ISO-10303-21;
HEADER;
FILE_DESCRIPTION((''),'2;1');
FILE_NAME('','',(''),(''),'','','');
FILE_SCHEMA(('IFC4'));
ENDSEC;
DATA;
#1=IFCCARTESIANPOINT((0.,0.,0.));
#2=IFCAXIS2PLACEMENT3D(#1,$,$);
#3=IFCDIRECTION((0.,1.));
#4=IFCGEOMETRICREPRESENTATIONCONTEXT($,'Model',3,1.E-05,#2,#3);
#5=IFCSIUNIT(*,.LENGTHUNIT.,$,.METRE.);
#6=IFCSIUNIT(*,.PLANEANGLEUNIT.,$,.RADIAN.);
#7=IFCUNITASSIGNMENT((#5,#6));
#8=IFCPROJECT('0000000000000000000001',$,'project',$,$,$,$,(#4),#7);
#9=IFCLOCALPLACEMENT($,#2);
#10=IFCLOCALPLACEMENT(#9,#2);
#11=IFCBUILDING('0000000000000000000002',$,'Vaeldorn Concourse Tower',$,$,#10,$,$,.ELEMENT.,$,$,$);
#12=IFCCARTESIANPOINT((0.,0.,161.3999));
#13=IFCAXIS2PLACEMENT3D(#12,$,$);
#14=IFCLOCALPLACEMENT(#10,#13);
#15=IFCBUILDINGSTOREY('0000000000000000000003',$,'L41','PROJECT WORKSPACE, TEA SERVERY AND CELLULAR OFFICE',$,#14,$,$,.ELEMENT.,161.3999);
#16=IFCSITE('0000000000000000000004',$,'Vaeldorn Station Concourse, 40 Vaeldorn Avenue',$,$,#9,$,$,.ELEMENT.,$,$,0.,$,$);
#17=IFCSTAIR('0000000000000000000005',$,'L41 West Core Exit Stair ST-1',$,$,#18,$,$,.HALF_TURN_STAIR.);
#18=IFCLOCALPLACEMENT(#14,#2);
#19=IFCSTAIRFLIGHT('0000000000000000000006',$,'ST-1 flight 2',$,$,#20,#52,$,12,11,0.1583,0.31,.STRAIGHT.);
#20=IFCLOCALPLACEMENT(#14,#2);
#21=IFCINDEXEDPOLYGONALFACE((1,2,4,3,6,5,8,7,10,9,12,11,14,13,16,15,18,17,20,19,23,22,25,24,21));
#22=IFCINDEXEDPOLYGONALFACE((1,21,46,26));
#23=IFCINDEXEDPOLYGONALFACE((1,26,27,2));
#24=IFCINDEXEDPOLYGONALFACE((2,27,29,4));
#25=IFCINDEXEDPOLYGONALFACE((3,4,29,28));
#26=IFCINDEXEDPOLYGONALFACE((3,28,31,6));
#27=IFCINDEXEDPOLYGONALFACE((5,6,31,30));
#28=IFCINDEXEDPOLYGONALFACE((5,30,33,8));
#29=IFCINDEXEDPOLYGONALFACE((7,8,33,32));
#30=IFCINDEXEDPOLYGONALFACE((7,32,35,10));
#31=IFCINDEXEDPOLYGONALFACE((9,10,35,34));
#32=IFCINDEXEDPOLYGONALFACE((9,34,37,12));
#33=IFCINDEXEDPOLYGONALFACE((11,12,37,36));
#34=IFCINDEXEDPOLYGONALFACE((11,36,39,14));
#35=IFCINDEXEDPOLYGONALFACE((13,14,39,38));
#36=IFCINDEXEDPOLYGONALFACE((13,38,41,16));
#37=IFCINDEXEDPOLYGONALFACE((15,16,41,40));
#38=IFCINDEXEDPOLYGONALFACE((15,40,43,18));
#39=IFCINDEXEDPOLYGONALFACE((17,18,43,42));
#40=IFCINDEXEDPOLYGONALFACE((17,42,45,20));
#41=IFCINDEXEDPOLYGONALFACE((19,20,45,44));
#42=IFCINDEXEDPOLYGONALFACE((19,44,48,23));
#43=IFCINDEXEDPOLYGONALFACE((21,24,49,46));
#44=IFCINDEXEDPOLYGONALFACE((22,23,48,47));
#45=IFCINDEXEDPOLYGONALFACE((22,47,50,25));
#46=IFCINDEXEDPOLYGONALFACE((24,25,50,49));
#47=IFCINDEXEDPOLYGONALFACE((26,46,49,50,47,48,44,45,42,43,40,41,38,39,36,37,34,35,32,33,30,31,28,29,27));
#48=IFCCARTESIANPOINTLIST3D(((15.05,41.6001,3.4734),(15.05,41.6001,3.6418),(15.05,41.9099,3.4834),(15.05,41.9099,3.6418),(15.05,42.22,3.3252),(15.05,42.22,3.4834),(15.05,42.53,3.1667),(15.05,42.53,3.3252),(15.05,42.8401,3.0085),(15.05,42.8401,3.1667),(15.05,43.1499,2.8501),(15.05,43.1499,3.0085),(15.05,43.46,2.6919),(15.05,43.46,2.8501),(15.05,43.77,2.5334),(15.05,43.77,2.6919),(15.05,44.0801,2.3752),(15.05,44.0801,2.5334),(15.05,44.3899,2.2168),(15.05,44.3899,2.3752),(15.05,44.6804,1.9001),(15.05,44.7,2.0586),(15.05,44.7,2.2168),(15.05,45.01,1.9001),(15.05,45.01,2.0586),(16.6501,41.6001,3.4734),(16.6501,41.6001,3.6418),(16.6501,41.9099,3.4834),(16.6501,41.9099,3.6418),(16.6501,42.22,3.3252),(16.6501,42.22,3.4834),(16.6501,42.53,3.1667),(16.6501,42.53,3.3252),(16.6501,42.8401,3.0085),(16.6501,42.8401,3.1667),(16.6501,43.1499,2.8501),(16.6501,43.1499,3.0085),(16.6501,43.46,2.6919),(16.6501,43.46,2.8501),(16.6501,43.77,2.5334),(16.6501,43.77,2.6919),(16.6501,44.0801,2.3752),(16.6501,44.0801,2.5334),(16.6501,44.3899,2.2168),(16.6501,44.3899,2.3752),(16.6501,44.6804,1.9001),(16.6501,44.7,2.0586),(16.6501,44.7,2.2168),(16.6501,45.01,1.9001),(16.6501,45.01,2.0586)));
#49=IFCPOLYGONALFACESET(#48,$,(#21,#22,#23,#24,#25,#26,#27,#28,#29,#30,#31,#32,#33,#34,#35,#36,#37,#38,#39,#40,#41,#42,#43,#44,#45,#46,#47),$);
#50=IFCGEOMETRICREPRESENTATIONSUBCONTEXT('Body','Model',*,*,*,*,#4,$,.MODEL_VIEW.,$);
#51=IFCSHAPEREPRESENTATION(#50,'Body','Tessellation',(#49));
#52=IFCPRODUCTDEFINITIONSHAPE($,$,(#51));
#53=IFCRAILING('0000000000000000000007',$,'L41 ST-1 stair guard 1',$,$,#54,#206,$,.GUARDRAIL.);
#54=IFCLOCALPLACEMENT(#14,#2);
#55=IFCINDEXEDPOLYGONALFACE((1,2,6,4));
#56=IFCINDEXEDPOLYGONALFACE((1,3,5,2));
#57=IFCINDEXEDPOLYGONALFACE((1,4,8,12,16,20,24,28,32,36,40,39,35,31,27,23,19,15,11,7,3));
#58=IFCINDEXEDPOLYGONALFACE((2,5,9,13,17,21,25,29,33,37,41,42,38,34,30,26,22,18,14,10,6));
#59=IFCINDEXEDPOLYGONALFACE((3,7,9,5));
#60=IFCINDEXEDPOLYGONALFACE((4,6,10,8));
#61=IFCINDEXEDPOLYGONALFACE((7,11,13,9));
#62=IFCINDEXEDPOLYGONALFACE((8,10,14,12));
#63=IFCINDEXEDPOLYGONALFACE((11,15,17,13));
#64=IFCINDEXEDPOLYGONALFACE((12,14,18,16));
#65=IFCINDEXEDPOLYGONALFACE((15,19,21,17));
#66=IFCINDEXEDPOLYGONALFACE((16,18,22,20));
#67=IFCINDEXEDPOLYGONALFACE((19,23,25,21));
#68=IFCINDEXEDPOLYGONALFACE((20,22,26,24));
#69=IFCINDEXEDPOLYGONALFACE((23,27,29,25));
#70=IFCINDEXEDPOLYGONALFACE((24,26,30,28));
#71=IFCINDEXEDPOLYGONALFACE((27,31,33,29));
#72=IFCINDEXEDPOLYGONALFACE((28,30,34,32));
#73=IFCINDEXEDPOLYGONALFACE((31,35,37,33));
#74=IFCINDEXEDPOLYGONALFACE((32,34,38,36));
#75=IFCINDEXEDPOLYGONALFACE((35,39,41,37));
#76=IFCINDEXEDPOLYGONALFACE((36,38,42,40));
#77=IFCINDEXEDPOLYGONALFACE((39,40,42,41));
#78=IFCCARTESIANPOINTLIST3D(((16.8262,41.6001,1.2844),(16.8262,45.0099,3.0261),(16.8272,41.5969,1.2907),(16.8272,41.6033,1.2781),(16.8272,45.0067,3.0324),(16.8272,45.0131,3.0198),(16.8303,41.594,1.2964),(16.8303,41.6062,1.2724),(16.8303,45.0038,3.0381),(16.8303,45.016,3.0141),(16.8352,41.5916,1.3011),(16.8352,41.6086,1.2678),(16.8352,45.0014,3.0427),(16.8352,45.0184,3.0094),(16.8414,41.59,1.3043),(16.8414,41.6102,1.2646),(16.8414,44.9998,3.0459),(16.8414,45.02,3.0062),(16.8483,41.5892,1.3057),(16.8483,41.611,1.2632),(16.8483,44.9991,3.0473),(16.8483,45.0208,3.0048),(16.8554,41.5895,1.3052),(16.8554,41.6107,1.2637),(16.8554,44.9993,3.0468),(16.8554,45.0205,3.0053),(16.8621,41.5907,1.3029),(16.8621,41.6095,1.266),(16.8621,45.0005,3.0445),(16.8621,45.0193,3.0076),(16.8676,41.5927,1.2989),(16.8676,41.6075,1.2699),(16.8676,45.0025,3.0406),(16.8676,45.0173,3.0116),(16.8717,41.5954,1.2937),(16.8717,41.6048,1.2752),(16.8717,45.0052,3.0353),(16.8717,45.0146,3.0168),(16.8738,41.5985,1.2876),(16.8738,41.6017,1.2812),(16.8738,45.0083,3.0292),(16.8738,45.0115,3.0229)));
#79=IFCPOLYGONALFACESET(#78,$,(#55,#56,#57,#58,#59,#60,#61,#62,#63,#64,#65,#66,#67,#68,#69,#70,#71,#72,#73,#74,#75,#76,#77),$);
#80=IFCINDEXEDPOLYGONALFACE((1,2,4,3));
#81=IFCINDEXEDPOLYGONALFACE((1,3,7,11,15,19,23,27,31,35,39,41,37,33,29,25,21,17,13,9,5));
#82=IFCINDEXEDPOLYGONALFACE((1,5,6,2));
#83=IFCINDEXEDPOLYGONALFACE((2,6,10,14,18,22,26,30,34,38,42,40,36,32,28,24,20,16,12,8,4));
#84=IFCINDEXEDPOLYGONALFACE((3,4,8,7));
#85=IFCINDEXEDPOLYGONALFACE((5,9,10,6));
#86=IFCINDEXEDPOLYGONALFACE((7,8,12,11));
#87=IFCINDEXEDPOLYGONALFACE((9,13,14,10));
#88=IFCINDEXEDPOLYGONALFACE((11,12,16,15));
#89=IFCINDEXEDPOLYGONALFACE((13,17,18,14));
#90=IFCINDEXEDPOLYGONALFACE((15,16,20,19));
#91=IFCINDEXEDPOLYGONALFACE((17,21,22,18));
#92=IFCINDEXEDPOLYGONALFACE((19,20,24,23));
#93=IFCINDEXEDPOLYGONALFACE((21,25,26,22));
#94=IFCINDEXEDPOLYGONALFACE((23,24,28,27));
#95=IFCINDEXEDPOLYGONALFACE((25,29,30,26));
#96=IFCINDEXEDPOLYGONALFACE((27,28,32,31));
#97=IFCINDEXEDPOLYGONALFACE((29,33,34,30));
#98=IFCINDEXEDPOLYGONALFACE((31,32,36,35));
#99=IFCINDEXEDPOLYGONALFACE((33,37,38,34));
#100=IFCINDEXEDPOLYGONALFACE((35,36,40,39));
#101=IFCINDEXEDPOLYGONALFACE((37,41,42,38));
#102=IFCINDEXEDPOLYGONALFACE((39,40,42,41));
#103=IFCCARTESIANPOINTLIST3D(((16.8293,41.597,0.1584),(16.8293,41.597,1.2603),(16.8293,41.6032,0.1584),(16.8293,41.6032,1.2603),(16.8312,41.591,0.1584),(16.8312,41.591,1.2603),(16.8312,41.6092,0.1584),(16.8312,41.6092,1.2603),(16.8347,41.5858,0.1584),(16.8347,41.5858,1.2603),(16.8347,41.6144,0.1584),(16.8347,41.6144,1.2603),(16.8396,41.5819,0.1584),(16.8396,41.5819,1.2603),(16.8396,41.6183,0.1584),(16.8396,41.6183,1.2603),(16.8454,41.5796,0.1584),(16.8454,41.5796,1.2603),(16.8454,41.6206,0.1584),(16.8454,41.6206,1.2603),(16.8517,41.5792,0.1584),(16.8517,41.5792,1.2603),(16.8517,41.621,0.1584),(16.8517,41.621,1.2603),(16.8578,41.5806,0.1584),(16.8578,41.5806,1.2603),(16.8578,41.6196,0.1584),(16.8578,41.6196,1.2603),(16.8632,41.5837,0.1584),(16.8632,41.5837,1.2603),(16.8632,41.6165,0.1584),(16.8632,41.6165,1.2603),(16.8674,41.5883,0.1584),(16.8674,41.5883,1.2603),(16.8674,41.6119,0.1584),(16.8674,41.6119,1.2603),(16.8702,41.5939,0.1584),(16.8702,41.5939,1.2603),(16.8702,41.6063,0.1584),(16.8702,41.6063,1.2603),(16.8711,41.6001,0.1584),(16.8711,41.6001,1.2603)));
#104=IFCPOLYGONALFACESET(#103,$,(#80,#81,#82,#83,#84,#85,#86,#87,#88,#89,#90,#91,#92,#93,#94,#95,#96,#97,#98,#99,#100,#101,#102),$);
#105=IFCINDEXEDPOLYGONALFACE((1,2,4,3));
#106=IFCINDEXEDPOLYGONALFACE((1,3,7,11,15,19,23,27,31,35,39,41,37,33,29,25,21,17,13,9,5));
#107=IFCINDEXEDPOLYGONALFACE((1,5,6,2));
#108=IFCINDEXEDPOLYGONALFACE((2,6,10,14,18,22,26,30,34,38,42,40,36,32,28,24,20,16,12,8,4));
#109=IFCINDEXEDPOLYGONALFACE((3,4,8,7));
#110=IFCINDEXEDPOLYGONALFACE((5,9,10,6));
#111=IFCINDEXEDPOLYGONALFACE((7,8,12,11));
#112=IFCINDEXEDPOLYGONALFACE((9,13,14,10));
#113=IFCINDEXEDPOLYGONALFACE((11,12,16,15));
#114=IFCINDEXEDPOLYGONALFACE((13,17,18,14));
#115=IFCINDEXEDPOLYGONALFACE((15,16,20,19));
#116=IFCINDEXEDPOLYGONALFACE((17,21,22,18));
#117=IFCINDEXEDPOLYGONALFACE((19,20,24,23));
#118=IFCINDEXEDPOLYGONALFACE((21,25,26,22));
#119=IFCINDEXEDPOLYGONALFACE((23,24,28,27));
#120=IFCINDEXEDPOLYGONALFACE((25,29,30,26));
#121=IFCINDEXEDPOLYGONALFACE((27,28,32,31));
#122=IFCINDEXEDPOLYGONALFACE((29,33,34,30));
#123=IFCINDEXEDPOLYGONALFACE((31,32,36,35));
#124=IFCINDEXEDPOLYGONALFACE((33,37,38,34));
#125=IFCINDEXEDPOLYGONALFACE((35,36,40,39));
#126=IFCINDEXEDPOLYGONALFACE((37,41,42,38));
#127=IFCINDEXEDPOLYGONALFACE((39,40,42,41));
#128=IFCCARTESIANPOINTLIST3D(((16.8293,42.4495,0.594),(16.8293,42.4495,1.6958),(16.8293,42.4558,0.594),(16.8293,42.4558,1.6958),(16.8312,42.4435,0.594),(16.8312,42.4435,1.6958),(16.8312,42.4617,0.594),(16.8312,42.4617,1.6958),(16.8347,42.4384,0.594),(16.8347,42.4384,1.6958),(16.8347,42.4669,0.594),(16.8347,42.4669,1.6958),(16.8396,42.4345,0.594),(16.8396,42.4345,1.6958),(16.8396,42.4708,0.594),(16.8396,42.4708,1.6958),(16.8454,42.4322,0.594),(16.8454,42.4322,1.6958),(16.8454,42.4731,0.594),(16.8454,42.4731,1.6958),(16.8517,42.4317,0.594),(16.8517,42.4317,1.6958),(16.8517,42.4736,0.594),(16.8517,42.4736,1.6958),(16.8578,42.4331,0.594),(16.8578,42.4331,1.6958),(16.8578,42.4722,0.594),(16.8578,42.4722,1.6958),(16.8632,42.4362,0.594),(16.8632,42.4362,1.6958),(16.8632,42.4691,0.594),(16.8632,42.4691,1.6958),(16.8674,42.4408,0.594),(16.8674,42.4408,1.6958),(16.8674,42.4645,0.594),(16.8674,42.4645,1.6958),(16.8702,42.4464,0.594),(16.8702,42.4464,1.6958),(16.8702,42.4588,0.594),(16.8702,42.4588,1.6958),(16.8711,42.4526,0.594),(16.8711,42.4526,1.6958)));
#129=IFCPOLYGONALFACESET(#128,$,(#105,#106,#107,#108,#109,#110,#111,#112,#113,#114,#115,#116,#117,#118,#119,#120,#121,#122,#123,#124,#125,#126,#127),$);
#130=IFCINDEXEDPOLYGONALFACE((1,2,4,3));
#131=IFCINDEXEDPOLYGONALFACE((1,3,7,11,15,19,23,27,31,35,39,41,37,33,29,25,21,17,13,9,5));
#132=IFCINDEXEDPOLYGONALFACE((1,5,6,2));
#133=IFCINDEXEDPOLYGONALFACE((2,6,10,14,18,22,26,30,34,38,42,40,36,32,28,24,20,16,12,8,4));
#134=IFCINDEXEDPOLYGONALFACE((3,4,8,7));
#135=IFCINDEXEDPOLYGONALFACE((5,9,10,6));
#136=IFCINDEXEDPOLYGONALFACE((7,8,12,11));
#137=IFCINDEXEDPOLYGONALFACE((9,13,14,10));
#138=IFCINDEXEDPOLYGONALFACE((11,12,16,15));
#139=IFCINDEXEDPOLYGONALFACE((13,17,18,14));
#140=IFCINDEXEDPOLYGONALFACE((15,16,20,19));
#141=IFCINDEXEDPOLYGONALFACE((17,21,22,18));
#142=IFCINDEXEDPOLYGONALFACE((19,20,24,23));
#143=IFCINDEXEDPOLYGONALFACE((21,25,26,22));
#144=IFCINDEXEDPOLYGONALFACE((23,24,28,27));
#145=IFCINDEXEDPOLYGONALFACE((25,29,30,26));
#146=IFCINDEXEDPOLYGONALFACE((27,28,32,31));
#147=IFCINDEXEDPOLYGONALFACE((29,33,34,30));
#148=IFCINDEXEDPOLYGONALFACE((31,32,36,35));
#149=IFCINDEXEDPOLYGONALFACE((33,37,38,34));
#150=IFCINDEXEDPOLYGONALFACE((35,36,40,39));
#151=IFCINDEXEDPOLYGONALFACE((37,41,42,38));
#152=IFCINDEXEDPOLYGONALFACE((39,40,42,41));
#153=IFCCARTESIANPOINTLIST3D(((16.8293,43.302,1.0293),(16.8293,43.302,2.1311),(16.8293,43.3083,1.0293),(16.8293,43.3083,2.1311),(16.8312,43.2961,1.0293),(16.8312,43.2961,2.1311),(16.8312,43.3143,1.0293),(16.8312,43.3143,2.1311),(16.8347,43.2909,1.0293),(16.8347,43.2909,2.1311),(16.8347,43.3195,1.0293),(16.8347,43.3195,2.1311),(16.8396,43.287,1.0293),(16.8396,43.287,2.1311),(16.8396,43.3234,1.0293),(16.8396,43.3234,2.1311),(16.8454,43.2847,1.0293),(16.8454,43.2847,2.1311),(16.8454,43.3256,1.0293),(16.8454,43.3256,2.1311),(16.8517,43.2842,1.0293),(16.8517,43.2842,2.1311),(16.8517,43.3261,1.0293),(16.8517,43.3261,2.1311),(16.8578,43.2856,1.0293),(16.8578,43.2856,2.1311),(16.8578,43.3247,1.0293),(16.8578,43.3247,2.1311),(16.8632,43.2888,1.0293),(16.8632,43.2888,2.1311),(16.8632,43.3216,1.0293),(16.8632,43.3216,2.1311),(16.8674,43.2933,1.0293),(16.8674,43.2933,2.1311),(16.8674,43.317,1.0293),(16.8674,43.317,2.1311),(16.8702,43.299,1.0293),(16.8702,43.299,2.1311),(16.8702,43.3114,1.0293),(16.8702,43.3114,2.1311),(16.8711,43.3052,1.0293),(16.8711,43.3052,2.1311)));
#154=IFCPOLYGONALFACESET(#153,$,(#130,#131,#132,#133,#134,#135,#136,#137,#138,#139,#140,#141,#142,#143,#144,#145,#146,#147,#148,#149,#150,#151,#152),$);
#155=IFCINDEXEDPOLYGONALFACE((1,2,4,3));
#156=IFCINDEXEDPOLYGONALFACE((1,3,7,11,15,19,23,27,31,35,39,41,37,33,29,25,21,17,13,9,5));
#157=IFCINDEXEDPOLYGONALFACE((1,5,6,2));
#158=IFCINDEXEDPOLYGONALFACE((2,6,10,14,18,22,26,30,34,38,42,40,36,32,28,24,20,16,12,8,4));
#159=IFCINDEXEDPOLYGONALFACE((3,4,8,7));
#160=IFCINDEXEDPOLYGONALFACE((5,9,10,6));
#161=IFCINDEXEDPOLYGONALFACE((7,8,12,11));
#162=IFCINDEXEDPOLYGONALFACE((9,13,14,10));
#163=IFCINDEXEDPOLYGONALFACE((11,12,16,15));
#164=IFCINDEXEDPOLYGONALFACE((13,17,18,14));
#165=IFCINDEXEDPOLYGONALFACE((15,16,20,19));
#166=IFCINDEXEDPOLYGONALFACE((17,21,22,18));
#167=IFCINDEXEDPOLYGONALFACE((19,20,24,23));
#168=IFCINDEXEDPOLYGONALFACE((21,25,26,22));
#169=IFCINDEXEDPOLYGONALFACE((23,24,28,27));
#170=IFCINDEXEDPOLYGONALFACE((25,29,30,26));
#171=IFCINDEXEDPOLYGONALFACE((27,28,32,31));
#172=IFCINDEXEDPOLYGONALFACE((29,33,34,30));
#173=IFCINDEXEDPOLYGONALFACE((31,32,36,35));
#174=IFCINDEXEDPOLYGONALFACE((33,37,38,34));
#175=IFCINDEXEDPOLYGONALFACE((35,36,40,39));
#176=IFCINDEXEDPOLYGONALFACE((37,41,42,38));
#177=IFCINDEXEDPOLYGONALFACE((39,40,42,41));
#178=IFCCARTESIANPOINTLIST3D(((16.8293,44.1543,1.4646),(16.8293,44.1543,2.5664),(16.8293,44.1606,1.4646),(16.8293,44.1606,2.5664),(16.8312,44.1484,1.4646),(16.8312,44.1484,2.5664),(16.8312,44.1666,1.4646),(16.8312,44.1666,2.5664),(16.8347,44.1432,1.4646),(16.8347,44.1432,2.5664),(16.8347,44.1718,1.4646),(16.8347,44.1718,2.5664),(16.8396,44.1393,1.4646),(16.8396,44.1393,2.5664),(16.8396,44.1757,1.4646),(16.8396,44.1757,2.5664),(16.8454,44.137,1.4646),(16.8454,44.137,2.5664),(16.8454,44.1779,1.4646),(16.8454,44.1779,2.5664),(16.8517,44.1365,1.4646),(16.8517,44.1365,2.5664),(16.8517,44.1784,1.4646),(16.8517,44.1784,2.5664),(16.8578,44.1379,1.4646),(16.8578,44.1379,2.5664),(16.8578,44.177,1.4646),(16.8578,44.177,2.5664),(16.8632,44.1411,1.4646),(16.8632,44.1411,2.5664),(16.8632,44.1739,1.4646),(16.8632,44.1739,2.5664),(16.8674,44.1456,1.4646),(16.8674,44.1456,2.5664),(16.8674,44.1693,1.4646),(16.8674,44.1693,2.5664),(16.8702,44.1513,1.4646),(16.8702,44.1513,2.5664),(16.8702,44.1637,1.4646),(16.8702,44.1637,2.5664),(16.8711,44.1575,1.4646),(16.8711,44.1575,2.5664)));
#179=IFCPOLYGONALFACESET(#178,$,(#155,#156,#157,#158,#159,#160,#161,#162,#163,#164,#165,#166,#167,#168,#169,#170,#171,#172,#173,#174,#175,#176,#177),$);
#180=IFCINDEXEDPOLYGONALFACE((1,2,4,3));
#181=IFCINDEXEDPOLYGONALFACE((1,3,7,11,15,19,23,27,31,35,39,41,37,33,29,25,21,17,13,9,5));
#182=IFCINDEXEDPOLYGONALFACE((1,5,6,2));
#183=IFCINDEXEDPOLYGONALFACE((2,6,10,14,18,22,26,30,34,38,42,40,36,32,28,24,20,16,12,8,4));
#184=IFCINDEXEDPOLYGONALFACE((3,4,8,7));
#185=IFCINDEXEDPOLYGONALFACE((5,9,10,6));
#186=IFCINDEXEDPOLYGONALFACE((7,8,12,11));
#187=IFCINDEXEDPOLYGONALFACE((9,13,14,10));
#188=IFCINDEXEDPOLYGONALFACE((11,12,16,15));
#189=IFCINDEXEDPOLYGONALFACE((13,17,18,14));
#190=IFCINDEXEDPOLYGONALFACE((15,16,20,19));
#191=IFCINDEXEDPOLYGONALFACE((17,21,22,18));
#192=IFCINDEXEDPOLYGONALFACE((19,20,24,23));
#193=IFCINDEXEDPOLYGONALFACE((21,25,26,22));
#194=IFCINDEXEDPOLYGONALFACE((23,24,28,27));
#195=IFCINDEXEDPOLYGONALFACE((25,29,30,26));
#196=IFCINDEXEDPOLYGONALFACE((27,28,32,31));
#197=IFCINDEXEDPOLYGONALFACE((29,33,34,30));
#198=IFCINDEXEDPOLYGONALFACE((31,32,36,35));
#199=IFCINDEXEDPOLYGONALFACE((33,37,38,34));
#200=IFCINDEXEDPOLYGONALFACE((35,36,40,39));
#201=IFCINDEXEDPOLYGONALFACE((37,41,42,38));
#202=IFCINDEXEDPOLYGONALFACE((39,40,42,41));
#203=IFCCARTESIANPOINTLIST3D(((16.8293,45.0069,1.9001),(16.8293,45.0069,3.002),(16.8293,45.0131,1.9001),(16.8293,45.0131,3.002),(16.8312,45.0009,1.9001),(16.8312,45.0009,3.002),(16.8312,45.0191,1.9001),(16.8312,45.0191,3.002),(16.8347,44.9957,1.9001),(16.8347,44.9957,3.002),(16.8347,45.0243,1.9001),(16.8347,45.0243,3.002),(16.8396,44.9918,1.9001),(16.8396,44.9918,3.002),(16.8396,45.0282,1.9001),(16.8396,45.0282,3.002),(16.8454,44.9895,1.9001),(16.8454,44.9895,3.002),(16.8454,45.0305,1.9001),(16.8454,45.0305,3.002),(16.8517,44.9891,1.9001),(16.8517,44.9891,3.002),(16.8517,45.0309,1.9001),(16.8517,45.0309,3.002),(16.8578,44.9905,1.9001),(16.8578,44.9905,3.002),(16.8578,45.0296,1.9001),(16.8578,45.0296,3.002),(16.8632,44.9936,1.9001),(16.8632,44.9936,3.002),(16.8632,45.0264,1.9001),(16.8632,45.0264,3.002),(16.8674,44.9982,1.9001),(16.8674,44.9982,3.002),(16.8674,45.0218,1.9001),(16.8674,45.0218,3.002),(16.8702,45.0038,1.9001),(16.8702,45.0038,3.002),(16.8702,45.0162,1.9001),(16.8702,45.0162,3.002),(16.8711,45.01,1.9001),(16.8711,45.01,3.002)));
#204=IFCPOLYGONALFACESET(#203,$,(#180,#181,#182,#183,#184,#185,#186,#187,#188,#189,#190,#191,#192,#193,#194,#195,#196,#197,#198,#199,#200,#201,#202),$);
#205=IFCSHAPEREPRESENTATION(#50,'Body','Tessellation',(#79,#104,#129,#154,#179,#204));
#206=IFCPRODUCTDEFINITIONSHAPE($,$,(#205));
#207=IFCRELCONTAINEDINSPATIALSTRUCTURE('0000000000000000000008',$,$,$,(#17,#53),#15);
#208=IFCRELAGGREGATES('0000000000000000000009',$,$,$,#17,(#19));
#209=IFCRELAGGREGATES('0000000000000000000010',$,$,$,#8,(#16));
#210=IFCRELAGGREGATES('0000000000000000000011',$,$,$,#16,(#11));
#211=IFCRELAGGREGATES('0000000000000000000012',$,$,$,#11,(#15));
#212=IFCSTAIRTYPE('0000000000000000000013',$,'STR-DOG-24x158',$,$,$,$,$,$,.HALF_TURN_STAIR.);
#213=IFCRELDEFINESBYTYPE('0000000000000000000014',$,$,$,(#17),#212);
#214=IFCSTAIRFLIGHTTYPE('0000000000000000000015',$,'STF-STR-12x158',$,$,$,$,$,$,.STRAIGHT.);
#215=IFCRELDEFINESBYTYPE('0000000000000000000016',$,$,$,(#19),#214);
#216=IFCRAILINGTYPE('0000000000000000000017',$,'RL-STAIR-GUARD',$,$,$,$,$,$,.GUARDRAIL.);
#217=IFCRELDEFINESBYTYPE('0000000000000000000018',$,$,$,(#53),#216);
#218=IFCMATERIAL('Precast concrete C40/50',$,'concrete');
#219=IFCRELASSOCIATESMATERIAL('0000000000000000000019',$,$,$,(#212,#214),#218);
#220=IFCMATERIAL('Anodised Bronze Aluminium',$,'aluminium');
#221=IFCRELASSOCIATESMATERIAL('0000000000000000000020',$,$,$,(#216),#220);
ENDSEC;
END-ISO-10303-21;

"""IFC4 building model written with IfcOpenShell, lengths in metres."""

from ifc_helpers import new_model, si_unit, direction, frame, origin, origin_2d, place, context, subcontext, project, spatial, polyline, circle, outline, extrude, material, type_object, element, aggregate, save


model = new_model("IFC4")

# Units and contexts
model_context = context("Model", 3, precision=1e-05, world=origin(), true_north=direction((0.0, 1.0)))
body_context = subcontext(model_context, "Body", "Model", "MODEL_VIEW")
ifc_project = project(units=[si_unit("LENGTHUNIT", "METRE"), si_unit("PLANEANGLEUNIT", "RADIAN")], contexts=[model_context])

# Site, building, storey
site_placement = place(None, origin())
site = spatial("IfcSite", under=ifc_project, at=site_placement, Name="Vaeldorn Station Concourse, 40 Vaeldorn Avenue", CompositionType="ELEMENT", RefElevation=0.0)
building_placement = place(site_placement, origin())
building = spatial("IfcBuilding", under=site, at=building_placement, Name="Vaeldorn Concourse Tower", CompositionType="ELEMENT")
storey_placement = place(building_placement, frame((0.0, 0.0, 161.3999)))
storey = spatial("IfcBuildingStorey", under=building, at=storey_placement, Name="L41", Description="PROJECT WORKSPACE, TEA SERVERY AND CELLULAR OFFICE", CompositionType="ELEMENT", Elevation=161.3999)

# Shared definitions
ifc_material_1 = material(Name="Anodised Bronze Aluminium", Category="aluminium")

# Stair, stair flight
ifc_material_2 = material(Name="Precast concrete C40/50", Category="concrete")
stair_type = type_object("IfcStairType", Name="STR-DOG-24x158", PredefinedType="HALF_TURN_STAIR", material=ifc_material_2)
stair_placement = place(storey_placement, origin())
stair = element("IfcStair", 1, at=stair_placement, inside=storey, type_object=stair_type, Name="L41 West Core Exit Stair ST-1", PredefinedType="HALF_TURN_STAIR")
stair_flight_type = type_object("IfcStairFlightType", Name="STF-STR-12x158", PredefinedType="STRAIGHT", material=ifc_material_2)
stair_flight_1_placement = place(storey_placement, frame((15.8501, 45.01, 1.9001), z_axis=(0.0, 0.0, 1.0), x_axis=(0.0, -1.0, 0.0)))
stair_flight_1 = element("IfcStairFlight", 2, at=stair_flight_1_placement, type_object=stair_flight_type, Name="ST-1 flight 2", NumberOfRisers=12, NumberOfTreads=11, PredefinedType="STRAIGHT", RiserHeight=0.1583, TreadLength=0.31, context=body_context, shape_type="SweptSolid", body=[
    extrude(outline(polyline([(0.0, 0.0), (0.0, 0.1584), (0.3101, 0.1584), (0.3101, 0.3167), (0.6201, 0.3167), (0.6201, 0.4751), (0.9299, 0.4751), (0.9299, 0.6333), (1.24, 0.6333), (1.24, 0.7917), (1.55, 0.7917), (1.55, 0.95), (1.8601, 0.95), (1.8601, 1.1084), (2.1699, 1.1084), (2.1699, 1.2666), (2.48, 1.2666), (2.48, 1.425), (2.79, 1.425), (2.79, 1.5833), (3.1001, 1.5833), (3.1001, 1.7417), (3.4099, 1.7417), (3.4099, 1.8999), (3.4099, 1.5732), (0.3296, 0.0), (0.0, 0.0)])), frame((0.0, 0.8, 0.0), z_axis=(0.0, -1.0, 0.0), x_axis=(1.0, 0.0, 0.0)), (0.0, 0.0, 1.0), 1.6001),
])
aggregate(stair, [stair_flight_1])

# Railing
railing_type_1 = type_object("IfcRailingType", Name="RL-STAIR-GUARD", PredefinedType="GUARDRAIL", material=ifc_material_1)
railing_1_placement = place(storey_placement, frame((16.8501, 41.6001, 0.1584)))
element("IfcRailing", 3, at=railing_1_placement, inside=storey, type_object=railing_type_1, Name="L41 ST-1 stair guard 1", PredefinedType="GUARDRAIL", context=body_context, shape_type="SweptSolid", body=[
    extrude(circle(Radius=0.0239, at=origin_2d()), frame((0.0, 0.0, 1.126), z_axis=(0.0, 0.890556, 0.454874), x_axis=(-1.0, 0.0, 0.0)), (0.0, 0.0, 1.0), 3.8289),
    extrude(circle(Radius=0.021, at=origin_2d()), origin(), (0.0, 0.0, 1.0), 1.1018),
    extrude(circle(Radius=0.021, at=origin_2d()), frame((0.0, 0.8525, 0.4355)), (0.0, 0.0, 1.0), 1.1018),
    extrude(circle(Radius=0.021, at=origin_2d()), frame((0.0, 1.7051, 0.8708)), (0.0, 0.0, 1.0), 1.1018),
    extrude(circle(Radius=0.021, at=origin_2d()), frame((0.0, 2.5574, 1.3062)), (0.0, 0.0, 1.0), 1.1018),
    extrude(circle(Radius=0.021, at=origin_2d()), frame((0.0, 3.4099, 1.7417)), (0.0, 0.0, 1.0), 1.1018),
])

save(model, "model.ifc")
